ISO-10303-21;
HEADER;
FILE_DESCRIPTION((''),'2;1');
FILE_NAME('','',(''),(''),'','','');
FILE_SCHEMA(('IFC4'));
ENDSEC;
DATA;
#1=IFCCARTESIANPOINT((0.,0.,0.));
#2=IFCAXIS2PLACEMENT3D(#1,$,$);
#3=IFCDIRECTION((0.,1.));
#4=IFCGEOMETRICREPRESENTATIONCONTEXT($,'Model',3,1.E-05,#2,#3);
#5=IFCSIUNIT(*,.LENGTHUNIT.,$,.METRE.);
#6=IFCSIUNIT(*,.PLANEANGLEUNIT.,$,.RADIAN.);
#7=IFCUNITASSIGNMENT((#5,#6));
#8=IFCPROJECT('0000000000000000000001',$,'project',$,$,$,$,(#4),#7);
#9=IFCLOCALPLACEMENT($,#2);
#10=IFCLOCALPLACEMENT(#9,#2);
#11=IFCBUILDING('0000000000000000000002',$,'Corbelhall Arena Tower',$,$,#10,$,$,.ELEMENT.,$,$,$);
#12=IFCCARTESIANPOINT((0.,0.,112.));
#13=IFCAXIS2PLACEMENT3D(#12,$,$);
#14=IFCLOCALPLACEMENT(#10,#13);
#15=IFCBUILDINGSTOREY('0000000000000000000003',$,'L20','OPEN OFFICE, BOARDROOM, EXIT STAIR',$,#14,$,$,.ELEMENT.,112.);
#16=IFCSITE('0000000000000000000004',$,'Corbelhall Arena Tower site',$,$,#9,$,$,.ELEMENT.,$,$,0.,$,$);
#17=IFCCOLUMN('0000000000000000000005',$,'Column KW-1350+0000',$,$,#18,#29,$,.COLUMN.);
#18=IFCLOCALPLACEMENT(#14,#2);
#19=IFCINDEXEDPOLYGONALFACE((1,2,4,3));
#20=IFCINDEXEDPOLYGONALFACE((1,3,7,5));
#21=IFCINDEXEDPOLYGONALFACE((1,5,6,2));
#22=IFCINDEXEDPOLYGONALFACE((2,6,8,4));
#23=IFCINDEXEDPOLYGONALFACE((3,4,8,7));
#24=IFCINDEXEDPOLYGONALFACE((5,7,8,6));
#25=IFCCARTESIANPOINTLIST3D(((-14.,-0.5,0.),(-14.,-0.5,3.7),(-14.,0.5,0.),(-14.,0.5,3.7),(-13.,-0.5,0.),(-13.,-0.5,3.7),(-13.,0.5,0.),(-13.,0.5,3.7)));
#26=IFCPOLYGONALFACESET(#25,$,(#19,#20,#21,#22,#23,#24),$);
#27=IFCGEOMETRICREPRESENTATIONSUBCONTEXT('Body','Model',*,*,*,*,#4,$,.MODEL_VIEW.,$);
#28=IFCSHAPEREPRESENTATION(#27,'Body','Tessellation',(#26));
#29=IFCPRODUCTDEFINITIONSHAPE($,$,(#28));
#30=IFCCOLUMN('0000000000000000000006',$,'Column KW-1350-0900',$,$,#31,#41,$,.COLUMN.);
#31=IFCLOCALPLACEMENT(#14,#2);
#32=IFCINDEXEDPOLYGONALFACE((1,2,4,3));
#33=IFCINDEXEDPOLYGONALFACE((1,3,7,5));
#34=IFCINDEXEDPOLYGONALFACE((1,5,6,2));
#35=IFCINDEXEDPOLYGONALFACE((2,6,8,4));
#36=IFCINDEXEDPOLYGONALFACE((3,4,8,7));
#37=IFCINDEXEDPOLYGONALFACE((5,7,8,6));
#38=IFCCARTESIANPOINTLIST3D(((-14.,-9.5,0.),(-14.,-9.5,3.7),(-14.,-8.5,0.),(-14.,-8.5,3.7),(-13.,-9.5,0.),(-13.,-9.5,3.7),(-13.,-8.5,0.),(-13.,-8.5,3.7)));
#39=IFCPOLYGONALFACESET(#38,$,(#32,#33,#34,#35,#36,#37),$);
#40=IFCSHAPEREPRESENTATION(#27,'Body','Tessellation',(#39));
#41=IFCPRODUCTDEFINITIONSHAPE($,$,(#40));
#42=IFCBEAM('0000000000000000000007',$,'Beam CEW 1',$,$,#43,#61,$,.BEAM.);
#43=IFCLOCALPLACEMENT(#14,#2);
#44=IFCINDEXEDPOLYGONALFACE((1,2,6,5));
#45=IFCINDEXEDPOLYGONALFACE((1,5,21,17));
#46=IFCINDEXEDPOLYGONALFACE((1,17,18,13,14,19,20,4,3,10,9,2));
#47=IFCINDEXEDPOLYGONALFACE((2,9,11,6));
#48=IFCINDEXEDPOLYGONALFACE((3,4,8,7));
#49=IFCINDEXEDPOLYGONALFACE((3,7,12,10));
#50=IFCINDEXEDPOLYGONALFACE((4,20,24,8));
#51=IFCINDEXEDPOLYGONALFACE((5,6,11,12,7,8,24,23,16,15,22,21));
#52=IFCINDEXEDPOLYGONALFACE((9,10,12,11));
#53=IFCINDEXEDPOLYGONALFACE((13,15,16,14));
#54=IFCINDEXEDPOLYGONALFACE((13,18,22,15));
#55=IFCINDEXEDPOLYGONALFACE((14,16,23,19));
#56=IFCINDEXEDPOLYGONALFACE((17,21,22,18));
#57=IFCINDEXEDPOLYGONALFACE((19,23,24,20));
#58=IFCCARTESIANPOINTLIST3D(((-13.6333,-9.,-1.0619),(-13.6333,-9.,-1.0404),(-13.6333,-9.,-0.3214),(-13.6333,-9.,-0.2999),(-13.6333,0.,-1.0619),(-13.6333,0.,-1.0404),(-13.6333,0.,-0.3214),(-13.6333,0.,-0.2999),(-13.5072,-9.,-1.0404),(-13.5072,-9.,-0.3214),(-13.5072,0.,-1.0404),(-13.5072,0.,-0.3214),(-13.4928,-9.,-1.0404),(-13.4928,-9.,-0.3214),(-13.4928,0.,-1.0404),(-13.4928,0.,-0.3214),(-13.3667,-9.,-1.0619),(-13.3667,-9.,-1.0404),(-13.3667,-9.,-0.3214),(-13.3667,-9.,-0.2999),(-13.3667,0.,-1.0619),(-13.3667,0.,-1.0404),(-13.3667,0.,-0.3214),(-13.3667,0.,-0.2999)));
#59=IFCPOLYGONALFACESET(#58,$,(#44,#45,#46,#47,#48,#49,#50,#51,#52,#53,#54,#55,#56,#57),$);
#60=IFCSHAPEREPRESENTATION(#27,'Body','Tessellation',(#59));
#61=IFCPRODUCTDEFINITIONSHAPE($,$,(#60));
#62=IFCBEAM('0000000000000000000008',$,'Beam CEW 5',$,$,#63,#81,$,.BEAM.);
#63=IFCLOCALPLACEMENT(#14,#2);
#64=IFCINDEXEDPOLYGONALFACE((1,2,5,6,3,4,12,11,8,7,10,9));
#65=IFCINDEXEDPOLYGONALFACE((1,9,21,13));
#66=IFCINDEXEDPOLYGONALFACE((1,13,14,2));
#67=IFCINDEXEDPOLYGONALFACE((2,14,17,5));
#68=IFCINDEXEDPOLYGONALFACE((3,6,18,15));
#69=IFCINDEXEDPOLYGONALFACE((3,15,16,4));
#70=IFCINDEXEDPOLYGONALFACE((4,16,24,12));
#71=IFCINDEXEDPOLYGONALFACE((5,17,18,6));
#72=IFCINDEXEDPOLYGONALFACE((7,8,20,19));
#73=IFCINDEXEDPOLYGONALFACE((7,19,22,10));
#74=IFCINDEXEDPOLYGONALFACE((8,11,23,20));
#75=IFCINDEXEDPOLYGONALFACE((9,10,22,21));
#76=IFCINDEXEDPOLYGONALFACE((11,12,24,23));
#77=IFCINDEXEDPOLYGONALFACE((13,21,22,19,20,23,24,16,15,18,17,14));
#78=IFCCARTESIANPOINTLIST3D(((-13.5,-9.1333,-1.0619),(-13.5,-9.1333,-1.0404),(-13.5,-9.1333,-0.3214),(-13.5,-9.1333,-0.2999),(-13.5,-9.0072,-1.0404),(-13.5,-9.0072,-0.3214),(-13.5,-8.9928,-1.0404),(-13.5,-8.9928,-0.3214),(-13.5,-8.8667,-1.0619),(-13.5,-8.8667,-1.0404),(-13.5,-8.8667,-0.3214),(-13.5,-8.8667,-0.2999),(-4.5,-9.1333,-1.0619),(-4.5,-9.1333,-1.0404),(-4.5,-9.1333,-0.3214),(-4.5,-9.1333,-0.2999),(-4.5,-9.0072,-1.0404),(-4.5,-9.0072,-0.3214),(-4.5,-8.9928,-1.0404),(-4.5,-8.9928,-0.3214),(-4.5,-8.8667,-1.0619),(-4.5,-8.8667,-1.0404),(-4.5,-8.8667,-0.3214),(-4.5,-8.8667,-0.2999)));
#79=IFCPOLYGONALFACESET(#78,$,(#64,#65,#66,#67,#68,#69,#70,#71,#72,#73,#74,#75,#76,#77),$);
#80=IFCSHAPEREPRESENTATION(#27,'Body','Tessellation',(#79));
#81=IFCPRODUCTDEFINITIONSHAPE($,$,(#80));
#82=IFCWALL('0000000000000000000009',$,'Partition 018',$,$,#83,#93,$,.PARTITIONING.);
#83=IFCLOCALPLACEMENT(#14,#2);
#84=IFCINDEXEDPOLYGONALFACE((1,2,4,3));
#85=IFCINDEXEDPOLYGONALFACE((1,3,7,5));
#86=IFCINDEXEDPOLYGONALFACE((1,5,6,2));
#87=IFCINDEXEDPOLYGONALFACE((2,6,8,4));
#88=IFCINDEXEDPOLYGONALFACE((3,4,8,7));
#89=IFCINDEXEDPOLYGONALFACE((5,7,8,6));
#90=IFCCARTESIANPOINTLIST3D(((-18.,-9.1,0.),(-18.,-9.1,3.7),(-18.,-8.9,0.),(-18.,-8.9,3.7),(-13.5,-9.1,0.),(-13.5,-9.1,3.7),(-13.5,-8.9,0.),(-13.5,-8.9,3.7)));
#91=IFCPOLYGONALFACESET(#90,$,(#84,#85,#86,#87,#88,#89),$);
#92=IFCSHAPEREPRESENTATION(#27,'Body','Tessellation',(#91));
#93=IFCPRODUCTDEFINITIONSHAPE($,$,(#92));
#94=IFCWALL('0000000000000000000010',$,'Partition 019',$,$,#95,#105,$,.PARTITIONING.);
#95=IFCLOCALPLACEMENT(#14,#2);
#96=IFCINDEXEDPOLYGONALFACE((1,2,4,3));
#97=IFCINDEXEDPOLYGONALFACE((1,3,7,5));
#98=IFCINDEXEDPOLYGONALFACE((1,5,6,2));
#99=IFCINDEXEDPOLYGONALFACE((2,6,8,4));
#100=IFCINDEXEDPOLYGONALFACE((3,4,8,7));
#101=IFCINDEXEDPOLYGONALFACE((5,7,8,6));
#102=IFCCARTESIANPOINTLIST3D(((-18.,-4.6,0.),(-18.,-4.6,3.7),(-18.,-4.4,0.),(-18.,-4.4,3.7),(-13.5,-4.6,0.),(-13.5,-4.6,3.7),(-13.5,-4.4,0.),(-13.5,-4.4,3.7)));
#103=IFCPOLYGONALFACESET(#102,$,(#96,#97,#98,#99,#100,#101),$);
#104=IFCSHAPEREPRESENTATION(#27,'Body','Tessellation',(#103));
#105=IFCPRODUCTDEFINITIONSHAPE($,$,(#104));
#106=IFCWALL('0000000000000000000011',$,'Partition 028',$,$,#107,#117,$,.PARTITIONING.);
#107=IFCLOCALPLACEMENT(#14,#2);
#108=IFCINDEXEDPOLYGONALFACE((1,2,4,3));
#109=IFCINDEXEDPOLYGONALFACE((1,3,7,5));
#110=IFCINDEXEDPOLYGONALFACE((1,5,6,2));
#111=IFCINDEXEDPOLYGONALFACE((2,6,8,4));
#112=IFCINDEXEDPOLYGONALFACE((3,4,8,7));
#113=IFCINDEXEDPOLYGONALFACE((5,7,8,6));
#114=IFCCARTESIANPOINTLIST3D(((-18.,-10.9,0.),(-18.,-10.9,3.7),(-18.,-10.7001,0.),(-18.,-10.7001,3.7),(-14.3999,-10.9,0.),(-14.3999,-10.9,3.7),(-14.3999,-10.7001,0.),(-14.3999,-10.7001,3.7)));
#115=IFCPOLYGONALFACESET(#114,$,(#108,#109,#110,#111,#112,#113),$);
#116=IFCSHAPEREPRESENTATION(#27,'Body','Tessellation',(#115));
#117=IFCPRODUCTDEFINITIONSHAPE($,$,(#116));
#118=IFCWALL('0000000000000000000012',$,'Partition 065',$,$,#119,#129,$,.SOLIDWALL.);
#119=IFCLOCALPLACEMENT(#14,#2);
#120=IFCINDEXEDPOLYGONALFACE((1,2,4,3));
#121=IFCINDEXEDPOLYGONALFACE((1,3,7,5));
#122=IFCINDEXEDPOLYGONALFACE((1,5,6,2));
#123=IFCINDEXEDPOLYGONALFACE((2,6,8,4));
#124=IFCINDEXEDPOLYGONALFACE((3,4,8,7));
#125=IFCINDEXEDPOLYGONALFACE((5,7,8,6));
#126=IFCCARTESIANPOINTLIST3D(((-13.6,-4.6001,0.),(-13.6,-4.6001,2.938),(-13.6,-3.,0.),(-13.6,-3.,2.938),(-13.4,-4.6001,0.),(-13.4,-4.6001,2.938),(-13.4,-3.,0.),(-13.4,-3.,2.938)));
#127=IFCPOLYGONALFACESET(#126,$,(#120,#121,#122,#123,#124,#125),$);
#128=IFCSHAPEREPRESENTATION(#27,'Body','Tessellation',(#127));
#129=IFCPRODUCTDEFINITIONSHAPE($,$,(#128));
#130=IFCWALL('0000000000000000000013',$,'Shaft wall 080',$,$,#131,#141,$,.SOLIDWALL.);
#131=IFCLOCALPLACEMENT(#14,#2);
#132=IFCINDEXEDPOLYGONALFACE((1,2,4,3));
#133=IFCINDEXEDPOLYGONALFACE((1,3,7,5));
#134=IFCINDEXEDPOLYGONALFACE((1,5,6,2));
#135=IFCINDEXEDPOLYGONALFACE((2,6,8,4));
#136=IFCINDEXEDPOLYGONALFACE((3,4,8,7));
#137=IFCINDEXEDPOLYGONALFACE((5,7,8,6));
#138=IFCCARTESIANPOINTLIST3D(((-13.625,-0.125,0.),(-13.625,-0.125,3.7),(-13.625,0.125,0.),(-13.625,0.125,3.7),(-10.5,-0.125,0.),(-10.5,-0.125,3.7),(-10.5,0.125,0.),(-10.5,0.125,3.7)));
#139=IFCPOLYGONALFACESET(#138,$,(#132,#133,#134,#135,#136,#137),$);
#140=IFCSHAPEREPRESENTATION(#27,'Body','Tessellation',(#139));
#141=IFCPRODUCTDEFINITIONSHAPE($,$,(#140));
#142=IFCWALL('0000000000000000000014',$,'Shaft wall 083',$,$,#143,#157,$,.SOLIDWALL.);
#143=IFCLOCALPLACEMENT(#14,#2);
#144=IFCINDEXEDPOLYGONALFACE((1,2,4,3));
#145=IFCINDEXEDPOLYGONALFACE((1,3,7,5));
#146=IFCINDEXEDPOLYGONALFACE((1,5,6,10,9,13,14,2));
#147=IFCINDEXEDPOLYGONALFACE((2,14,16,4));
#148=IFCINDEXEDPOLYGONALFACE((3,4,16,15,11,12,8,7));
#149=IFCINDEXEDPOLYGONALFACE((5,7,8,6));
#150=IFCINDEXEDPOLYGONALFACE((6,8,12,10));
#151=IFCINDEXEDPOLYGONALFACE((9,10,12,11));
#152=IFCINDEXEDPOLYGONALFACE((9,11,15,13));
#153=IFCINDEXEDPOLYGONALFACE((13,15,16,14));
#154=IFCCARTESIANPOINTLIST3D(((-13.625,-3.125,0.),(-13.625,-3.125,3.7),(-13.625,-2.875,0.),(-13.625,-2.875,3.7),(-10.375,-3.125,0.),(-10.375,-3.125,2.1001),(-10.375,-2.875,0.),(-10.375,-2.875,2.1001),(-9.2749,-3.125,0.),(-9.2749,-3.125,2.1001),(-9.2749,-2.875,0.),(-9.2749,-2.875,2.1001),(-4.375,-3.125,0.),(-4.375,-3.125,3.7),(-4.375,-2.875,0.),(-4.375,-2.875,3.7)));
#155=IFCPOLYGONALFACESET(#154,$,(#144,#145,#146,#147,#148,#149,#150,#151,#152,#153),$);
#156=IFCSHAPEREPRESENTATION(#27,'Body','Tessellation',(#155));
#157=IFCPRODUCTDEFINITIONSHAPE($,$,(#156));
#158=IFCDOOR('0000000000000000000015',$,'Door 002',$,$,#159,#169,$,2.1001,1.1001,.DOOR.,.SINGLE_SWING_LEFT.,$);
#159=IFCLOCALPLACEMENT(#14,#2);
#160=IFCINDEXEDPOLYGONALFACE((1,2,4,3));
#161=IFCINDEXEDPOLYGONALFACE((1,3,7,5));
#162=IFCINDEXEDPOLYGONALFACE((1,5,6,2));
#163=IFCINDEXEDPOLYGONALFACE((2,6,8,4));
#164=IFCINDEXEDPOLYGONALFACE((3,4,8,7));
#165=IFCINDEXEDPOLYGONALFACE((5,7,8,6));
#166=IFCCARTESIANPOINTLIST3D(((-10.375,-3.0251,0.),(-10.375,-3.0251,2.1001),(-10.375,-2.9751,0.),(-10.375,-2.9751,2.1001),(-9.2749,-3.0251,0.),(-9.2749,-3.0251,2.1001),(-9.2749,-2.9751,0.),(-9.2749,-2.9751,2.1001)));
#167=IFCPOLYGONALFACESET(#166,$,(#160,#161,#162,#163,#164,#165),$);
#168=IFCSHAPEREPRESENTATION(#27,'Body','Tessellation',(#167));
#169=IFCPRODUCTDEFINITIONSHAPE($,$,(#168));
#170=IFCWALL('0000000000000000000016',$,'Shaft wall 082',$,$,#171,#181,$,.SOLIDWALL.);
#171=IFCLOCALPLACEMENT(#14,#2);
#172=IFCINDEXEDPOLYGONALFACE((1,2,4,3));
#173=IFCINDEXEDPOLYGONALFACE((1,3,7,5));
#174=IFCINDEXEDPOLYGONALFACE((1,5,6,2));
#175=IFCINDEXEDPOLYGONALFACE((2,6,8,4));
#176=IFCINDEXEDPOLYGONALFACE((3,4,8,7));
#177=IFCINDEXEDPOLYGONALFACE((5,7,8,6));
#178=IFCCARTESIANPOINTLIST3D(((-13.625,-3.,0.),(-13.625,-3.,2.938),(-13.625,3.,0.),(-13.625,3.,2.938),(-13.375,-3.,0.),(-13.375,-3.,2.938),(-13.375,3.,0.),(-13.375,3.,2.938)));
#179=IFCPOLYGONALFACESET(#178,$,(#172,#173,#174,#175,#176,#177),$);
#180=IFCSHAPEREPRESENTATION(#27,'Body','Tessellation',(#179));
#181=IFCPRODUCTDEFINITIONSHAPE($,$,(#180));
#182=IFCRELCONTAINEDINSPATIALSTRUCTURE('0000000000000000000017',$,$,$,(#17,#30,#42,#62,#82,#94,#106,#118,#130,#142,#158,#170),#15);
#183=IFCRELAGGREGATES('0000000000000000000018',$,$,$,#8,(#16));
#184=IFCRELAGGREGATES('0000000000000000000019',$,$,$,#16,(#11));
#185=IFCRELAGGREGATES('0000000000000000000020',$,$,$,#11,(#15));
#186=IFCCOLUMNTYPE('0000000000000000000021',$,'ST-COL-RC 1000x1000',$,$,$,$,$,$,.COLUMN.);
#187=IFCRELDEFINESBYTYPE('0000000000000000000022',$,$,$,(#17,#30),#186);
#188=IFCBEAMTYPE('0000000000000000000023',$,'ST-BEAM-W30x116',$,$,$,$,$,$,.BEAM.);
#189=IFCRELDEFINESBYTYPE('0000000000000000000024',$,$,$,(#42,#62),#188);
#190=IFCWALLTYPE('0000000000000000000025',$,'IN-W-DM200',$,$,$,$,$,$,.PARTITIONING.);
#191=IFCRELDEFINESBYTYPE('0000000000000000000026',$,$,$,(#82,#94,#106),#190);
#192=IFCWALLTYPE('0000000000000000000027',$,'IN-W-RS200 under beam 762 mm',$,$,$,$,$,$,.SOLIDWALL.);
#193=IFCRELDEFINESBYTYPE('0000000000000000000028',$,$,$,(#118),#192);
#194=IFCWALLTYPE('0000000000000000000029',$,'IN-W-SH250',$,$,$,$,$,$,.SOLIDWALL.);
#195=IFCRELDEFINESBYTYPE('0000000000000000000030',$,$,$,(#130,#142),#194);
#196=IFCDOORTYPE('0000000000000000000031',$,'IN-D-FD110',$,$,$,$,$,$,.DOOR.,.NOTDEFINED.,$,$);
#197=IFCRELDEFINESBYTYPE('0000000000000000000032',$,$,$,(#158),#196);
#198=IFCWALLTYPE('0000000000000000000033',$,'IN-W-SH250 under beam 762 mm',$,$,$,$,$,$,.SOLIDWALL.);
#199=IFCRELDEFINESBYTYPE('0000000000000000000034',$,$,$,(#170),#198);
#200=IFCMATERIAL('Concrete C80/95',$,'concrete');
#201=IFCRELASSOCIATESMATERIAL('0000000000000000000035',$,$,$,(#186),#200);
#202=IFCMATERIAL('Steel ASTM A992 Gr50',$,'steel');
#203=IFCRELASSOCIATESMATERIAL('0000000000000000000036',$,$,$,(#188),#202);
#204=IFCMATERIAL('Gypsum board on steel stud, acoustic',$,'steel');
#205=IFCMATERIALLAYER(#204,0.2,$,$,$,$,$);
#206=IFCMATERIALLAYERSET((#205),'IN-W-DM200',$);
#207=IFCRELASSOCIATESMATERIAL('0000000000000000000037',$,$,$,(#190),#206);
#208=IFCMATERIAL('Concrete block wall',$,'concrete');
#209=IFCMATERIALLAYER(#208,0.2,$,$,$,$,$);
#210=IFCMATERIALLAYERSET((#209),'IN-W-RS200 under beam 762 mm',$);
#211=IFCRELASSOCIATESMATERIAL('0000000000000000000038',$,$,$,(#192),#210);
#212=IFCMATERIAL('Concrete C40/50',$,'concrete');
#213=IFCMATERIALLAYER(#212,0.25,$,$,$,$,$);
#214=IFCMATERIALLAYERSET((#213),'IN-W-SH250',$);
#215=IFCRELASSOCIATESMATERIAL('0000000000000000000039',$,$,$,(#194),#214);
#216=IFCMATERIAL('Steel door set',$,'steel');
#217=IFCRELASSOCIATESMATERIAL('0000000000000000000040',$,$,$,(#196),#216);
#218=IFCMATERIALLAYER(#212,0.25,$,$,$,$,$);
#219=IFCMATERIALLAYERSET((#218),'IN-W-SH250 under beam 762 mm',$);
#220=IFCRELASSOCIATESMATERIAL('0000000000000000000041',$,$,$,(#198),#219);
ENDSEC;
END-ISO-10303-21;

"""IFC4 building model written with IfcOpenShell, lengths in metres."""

from ifc_helpers import new_model, si_unit, direction, frame, frame_2d, origin, origin_2d, place, context, subcontext, project, spatial, rectangle, i_section, extrude, material, layer, layer_set, material_profile, profile_set, type_object, element, fill, save


model = new_model("IFC4")

# Units and contexts
model_context = context("Model", 3, precision=1e-05, world=origin(), true_north=direction((0.0, 1.0)))
body_context = subcontext(model_context, "Body", "Model", "MODEL_VIEW")
ifc_project = project(units=[si_unit("LENGTHUNIT", "METRE"), si_unit("PLANEANGLEUNIT", "RADIAN")], contexts=[model_context])

# Site, building, storey
site_placement = place(None, origin())
site = spatial("IfcSite", under=ifc_project, at=site_placement, Name="Corbelhall Arena Tower site", CompositionType="ELEMENT", RefElevation=0.0)
building_placement = place(site_placement, origin())
building = spatial("IfcBuilding", under=site, at=building_placement, Name="Corbelhall Arena Tower", CompositionType="ELEMENT")
storey_placement = place(building_placement, frame((0.0, 0.0, 112.0)))
storey = spatial("IfcBuildingStorey", under=building, at=storey_placement, Name="L20", Description="OPEN OFFICE, BOARDROOM, EXIT STAIR", CompositionType="ELEMENT", Elevation=112.0)

# Columns
ifc_material_1 = material(Name="Concrete C80/95", Category="concrete")
ifc_material_profile_1 = material_profile(ifc_material_1, rectangle(XDim=1.0, YDim=1.0, at=origin_2d()))
ifc_profile_set_1 = profile_set([ifc_material_profile_1], Name="Concrete C80/95")
column_type = type_object("IfcColumnType", Name="ST-COL-RC 1000x1000", PredefinedType="COLUMN", material=ifc_profile_set_1)
for number, where, z_axis, x_axis, name in (
    (1, (-13.5, 0.0, 0.0), (0.0, 0.0, 1.0), (1.0, 0.0, 0.0), "Column KW-1350+0000"),
    (2, (-13.5, -9.0, 0.0), (0.0, 0.0, 1.0), (1.0, 0.0, 0.0), "Column KW-1350-0900"),
):
    element("IfcColumn", number, at=place(storey_placement, frame(where, z_axis=z_axis, x_axis=x_axis)), inside=storey, type_object=column_type, Name=name, PredefinedType="COLUMN", context=body_context, shape_type="SweptSolid", body=[
        extrude(rectangle(XDim=1.0, YDim=1.0, at=origin_2d()), origin(), (0.0, 0.0, 1.0), 3.7),
    ])

# Beams
ifc_material_2 = material(Name="Steel ASTM A992 Gr50", Category="steel")
ifc_material_profile_2 = material_profile(ifc_material_2, i_section(OverallWidth=0.2666, OverallDepth=0.762, WebThickness=0.0144, FlangeThickness=0.0215, at=origin_2d()))
ifc_profile_set_2 = profile_set([ifc_material_profile_2], Name="Steel ASTM A992 Gr50")
beam_type = type_object("IfcBeamType", Name="ST-BEAM-W30x116", PredefinedType="BEAM", material=ifc_profile_set_2)
for number, where, z_axis, x_axis, name in (
    (3, (-13.5, -9.0, -0.6809), (0.0, 1.0, 0.0), (-1.0, 0.0, 0.0), "Beam CEW 1"),
    (4, (-13.5, -9.0, -0.6809), (1.0, 0.0, 0.0), (0.0, 1.0, 0.0), "Beam CEW 5"),
):
    element("IfcBeam", number, at=place(storey_placement, frame(where, z_axis=z_axis, x_axis=x_axis)), inside=storey, type_object=beam_type, Name=name, PredefinedType="BEAM", context=body_context, shape_type="SweptSolid", body=[
        extrude(i_section(OverallWidth=0.2666, OverallDepth=0.762, WebThickness=0.0144, FlangeThickness=0.0215, at=origin_2d()), origin(), (0.0, 0.0, 1.0), 9.0),
    ])

# Shared definitions
ifc_material_3 = material(Name="Gypsum board on steel stud, acoustic", Category="steel")
ifc_layer_1 = layer(ifc_material_3, 0.2)
ifc_layer_set_1 = layer_set([ifc_layer_1], Name="IN-W-DM200")
wall_type_1 = type_object("IfcWallType", Name="IN-W-DM200", PredefinedType="PARTITIONING", material=ifc_layer_set_1)
ifc_material_4 = material(Name="Steel door set", Category="steel")

# Walls
for number, where, z_axis, x_axis, name in (
    (5, (-18.0, -9.0, 0.0), (0.0, 0.0, 1.0), (1.0, 0.0, 0.0), "Partition 018"),
    (6, (-18.0, -4.5, 0.0), (0.0, 0.0, 1.0), (1.0, 0.0, 0.0), "Partition 019"),
):
    element("IfcWall", number, at=place(storey_placement, frame(where, z_axis=z_axis, x_axis=x_axis)), inside=storey, type_object=wall_type_1, Name=name, PredefinedType="PARTITIONING", context=body_context, shape_type="SweptSolid", body=[
        extrude(rectangle(XDim=4.5, YDim=0.2, at=frame_2d((2.25, 0.0))), origin(), (0.0, 0.0, 1.0), 3.7),
    ])
wall_1_placement = place(storey_placement, frame((-14.3999, -10.8, 0.0), z_axis=(0.0, 0.0, 1.0), x_axis=(-1.0, 0.0, 0.0)))
element("IfcWall", 7, at=wall_1_placement, inside=storey, type_object=wall_type_1, Name="Partition 028", PredefinedType="PARTITIONING", context=body_context, shape_type="SweptSolid", body=[
    extrude(rectangle(XDim=3.6001, YDim=0.2, at=frame_2d((1.8, 0.0))), origin(), (0.0, 0.0, 1.0), 3.7),
])
ifc_material_5 = material(Name="Concrete block wall", Category="concrete")
ifc_layer_2 = layer(ifc_material_5, 0.2)
ifc_layer_set_2 = layer_set([ifc_layer_2], Name="IN-W-RS200 under beam 762 mm")
wall_type_2 = type_object("IfcWallType", Name="IN-W-RS200 under beam 762 mm", PredefinedType="SOLIDWALL", material=ifc_layer_set_2)
wall_2_placement = place(storey_placement, frame((-13.5, -4.6001, 0.0), z_axis=(0.0, 0.0, 1.0), x_axis=(0.0, 1.0, 0.0)))
element("IfcWall", 8, at=wall_2_placement, inside=storey, type_object=wall_type_2, Name="Partition 065", PredefinedType="SOLIDWALL", context=body_context, shape_type="SweptSolid", body=[
    extrude(rectangle(XDim=1.6001, YDim=0.2, at=frame_2d((0.8, 0.0))), origin(), (0.0, 0.0, 1.0), 2.938),
])
ifc_material_6 = material(Name="Concrete C40/50", Category="concrete")
ifc_layer_3 = layer(ifc_material_6, 0.25)
ifc_layer_set_3 = layer_set([ifc_layer_3], Name="IN-W-SH250")
wall_type_3 = type_object("IfcWallType", Name="IN-W-SH250", PredefinedType="SOLIDWALL", material=ifc_layer_set_3)
wall_3_placement = place(storey_placement, frame((-13.625, 0.0, 0.0), z_axis=(0.0, 0.0, 1.0), x_axis=(1.0, 0.0, 0.0)))
element("IfcWall", 9, at=wall_3_placement, inside=storey, type_object=wall_type_3, Name="Shaft wall 080", PredefinedType="SOLIDWALL", context=body_context, shape_type="SweptSolid", body=[
    extrude(rectangle(XDim=3.125, YDim=0.25, at=frame_2d((1.5625, 0.0))), origin(), (0.0, 0.0, 1.0), 3.7),
])

# Wall, opening, door
wall_4_placement = place(storey_placement, frame((-13.625, -3.0, 0.0), z_axis=(0.0, 0.0, 1.0), x_axis=(1.0, 0.0, 0.0)))
wall_4 = element("IfcWall", 10, at=wall_4_placement, inside=storey, type_object=wall_type_3, Name="Shaft wall 083", PredefinedType="SOLIDWALL", context=body_context, shape_type="SweptSolid", body=[
    extrude(rectangle(XDim=9.25, YDim=0.25, at=frame_2d((4.625, 0.0))), origin(), (0.0, 0.0, 1.0), 3.7),
])
opening_1_placement = place(wall_4_placement, frame((3.25, 0.0, 0.0)))
opening_1 = element("IfcOpeningElement", 11, at=opening_1_placement, cuts=wall_4, PredefinedType="OPENING", context=body_context, shape_type="SweptSolid", body=[
    extrude(rectangle(XDim=1.1001, YDim=2.1001, at=frame_2d((0.55, 1.05))), frame((0.0, 0.125, 0.0), z_axis=(0.0, -1.0, 0.0), x_axis=(1.0, 0.0, 0.0)), (0.0, 0.0, 1.0), 0.25),
])
door_type_1 = type_object("IfcDoorType", Name="IN-D-FD110", OperationType="NOTDEFINED", PredefinedType="DOOR", material=ifc_material_4)
door_1_placement = place(opening_1_placement, origin())
door_1 = element("IfcDoor", 12, at=door_1_placement, inside=storey, type_object=door_type_1, Name="Door 002", OperationType="SINGLE_SWING_LEFT", OverallHeight=2.1001, OverallWidth=1.1001, PredefinedType="DOOR", context=body_context, shape_type="SweptSolid", body=[
    extrude(rectangle(XDim=1.1001, YDim=2.1001, at=frame_2d((0.55, 1.05))), frame((0.0, 0.0249, 0.0), z_axis=(0.0, -1.0, 0.0), x_axis=(1.0, 0.0, 0.0)), (0.0, 0.0, 1.0), 0.05),
])
fill(opening_1, door_1)

# Wall
ifc_layer_4 = layer(ifc_material_6, 0.25)
ifc_layer_set_4 = layer_set([ifc_layer_4], Name="IN-W-SH250 under beam 762 mm")
wall_type_4 = type_object("IfcWallType", Name="IN-W-SH250 under beam 762 mm", PredefinedType="SOLIDWALL", material=ifc_layer_set_4)
wall_5_placement = place(storey_placement, frame((-13.5, -3.0, 0.0), z_axis=(0.0, 0.0, 1.0), x_axis=(0.0, 1.0, 0.0)))
element("IfcWall", 13, at=wall_5_placement, inside=storey, type_object=wall_type_4, Name="Shaft wall 082", PredefinedType="SOLIDWALL", context=body_context, shape_type="SweptSolid", body=[
    extrude(rectangle(XDim=6.0, YDim=0.25, at=frame_2d((3.0, 0.0))), origin(), (0.0, 0.0, 1.0), 2.938),
])

save(model, "model.ifc")
